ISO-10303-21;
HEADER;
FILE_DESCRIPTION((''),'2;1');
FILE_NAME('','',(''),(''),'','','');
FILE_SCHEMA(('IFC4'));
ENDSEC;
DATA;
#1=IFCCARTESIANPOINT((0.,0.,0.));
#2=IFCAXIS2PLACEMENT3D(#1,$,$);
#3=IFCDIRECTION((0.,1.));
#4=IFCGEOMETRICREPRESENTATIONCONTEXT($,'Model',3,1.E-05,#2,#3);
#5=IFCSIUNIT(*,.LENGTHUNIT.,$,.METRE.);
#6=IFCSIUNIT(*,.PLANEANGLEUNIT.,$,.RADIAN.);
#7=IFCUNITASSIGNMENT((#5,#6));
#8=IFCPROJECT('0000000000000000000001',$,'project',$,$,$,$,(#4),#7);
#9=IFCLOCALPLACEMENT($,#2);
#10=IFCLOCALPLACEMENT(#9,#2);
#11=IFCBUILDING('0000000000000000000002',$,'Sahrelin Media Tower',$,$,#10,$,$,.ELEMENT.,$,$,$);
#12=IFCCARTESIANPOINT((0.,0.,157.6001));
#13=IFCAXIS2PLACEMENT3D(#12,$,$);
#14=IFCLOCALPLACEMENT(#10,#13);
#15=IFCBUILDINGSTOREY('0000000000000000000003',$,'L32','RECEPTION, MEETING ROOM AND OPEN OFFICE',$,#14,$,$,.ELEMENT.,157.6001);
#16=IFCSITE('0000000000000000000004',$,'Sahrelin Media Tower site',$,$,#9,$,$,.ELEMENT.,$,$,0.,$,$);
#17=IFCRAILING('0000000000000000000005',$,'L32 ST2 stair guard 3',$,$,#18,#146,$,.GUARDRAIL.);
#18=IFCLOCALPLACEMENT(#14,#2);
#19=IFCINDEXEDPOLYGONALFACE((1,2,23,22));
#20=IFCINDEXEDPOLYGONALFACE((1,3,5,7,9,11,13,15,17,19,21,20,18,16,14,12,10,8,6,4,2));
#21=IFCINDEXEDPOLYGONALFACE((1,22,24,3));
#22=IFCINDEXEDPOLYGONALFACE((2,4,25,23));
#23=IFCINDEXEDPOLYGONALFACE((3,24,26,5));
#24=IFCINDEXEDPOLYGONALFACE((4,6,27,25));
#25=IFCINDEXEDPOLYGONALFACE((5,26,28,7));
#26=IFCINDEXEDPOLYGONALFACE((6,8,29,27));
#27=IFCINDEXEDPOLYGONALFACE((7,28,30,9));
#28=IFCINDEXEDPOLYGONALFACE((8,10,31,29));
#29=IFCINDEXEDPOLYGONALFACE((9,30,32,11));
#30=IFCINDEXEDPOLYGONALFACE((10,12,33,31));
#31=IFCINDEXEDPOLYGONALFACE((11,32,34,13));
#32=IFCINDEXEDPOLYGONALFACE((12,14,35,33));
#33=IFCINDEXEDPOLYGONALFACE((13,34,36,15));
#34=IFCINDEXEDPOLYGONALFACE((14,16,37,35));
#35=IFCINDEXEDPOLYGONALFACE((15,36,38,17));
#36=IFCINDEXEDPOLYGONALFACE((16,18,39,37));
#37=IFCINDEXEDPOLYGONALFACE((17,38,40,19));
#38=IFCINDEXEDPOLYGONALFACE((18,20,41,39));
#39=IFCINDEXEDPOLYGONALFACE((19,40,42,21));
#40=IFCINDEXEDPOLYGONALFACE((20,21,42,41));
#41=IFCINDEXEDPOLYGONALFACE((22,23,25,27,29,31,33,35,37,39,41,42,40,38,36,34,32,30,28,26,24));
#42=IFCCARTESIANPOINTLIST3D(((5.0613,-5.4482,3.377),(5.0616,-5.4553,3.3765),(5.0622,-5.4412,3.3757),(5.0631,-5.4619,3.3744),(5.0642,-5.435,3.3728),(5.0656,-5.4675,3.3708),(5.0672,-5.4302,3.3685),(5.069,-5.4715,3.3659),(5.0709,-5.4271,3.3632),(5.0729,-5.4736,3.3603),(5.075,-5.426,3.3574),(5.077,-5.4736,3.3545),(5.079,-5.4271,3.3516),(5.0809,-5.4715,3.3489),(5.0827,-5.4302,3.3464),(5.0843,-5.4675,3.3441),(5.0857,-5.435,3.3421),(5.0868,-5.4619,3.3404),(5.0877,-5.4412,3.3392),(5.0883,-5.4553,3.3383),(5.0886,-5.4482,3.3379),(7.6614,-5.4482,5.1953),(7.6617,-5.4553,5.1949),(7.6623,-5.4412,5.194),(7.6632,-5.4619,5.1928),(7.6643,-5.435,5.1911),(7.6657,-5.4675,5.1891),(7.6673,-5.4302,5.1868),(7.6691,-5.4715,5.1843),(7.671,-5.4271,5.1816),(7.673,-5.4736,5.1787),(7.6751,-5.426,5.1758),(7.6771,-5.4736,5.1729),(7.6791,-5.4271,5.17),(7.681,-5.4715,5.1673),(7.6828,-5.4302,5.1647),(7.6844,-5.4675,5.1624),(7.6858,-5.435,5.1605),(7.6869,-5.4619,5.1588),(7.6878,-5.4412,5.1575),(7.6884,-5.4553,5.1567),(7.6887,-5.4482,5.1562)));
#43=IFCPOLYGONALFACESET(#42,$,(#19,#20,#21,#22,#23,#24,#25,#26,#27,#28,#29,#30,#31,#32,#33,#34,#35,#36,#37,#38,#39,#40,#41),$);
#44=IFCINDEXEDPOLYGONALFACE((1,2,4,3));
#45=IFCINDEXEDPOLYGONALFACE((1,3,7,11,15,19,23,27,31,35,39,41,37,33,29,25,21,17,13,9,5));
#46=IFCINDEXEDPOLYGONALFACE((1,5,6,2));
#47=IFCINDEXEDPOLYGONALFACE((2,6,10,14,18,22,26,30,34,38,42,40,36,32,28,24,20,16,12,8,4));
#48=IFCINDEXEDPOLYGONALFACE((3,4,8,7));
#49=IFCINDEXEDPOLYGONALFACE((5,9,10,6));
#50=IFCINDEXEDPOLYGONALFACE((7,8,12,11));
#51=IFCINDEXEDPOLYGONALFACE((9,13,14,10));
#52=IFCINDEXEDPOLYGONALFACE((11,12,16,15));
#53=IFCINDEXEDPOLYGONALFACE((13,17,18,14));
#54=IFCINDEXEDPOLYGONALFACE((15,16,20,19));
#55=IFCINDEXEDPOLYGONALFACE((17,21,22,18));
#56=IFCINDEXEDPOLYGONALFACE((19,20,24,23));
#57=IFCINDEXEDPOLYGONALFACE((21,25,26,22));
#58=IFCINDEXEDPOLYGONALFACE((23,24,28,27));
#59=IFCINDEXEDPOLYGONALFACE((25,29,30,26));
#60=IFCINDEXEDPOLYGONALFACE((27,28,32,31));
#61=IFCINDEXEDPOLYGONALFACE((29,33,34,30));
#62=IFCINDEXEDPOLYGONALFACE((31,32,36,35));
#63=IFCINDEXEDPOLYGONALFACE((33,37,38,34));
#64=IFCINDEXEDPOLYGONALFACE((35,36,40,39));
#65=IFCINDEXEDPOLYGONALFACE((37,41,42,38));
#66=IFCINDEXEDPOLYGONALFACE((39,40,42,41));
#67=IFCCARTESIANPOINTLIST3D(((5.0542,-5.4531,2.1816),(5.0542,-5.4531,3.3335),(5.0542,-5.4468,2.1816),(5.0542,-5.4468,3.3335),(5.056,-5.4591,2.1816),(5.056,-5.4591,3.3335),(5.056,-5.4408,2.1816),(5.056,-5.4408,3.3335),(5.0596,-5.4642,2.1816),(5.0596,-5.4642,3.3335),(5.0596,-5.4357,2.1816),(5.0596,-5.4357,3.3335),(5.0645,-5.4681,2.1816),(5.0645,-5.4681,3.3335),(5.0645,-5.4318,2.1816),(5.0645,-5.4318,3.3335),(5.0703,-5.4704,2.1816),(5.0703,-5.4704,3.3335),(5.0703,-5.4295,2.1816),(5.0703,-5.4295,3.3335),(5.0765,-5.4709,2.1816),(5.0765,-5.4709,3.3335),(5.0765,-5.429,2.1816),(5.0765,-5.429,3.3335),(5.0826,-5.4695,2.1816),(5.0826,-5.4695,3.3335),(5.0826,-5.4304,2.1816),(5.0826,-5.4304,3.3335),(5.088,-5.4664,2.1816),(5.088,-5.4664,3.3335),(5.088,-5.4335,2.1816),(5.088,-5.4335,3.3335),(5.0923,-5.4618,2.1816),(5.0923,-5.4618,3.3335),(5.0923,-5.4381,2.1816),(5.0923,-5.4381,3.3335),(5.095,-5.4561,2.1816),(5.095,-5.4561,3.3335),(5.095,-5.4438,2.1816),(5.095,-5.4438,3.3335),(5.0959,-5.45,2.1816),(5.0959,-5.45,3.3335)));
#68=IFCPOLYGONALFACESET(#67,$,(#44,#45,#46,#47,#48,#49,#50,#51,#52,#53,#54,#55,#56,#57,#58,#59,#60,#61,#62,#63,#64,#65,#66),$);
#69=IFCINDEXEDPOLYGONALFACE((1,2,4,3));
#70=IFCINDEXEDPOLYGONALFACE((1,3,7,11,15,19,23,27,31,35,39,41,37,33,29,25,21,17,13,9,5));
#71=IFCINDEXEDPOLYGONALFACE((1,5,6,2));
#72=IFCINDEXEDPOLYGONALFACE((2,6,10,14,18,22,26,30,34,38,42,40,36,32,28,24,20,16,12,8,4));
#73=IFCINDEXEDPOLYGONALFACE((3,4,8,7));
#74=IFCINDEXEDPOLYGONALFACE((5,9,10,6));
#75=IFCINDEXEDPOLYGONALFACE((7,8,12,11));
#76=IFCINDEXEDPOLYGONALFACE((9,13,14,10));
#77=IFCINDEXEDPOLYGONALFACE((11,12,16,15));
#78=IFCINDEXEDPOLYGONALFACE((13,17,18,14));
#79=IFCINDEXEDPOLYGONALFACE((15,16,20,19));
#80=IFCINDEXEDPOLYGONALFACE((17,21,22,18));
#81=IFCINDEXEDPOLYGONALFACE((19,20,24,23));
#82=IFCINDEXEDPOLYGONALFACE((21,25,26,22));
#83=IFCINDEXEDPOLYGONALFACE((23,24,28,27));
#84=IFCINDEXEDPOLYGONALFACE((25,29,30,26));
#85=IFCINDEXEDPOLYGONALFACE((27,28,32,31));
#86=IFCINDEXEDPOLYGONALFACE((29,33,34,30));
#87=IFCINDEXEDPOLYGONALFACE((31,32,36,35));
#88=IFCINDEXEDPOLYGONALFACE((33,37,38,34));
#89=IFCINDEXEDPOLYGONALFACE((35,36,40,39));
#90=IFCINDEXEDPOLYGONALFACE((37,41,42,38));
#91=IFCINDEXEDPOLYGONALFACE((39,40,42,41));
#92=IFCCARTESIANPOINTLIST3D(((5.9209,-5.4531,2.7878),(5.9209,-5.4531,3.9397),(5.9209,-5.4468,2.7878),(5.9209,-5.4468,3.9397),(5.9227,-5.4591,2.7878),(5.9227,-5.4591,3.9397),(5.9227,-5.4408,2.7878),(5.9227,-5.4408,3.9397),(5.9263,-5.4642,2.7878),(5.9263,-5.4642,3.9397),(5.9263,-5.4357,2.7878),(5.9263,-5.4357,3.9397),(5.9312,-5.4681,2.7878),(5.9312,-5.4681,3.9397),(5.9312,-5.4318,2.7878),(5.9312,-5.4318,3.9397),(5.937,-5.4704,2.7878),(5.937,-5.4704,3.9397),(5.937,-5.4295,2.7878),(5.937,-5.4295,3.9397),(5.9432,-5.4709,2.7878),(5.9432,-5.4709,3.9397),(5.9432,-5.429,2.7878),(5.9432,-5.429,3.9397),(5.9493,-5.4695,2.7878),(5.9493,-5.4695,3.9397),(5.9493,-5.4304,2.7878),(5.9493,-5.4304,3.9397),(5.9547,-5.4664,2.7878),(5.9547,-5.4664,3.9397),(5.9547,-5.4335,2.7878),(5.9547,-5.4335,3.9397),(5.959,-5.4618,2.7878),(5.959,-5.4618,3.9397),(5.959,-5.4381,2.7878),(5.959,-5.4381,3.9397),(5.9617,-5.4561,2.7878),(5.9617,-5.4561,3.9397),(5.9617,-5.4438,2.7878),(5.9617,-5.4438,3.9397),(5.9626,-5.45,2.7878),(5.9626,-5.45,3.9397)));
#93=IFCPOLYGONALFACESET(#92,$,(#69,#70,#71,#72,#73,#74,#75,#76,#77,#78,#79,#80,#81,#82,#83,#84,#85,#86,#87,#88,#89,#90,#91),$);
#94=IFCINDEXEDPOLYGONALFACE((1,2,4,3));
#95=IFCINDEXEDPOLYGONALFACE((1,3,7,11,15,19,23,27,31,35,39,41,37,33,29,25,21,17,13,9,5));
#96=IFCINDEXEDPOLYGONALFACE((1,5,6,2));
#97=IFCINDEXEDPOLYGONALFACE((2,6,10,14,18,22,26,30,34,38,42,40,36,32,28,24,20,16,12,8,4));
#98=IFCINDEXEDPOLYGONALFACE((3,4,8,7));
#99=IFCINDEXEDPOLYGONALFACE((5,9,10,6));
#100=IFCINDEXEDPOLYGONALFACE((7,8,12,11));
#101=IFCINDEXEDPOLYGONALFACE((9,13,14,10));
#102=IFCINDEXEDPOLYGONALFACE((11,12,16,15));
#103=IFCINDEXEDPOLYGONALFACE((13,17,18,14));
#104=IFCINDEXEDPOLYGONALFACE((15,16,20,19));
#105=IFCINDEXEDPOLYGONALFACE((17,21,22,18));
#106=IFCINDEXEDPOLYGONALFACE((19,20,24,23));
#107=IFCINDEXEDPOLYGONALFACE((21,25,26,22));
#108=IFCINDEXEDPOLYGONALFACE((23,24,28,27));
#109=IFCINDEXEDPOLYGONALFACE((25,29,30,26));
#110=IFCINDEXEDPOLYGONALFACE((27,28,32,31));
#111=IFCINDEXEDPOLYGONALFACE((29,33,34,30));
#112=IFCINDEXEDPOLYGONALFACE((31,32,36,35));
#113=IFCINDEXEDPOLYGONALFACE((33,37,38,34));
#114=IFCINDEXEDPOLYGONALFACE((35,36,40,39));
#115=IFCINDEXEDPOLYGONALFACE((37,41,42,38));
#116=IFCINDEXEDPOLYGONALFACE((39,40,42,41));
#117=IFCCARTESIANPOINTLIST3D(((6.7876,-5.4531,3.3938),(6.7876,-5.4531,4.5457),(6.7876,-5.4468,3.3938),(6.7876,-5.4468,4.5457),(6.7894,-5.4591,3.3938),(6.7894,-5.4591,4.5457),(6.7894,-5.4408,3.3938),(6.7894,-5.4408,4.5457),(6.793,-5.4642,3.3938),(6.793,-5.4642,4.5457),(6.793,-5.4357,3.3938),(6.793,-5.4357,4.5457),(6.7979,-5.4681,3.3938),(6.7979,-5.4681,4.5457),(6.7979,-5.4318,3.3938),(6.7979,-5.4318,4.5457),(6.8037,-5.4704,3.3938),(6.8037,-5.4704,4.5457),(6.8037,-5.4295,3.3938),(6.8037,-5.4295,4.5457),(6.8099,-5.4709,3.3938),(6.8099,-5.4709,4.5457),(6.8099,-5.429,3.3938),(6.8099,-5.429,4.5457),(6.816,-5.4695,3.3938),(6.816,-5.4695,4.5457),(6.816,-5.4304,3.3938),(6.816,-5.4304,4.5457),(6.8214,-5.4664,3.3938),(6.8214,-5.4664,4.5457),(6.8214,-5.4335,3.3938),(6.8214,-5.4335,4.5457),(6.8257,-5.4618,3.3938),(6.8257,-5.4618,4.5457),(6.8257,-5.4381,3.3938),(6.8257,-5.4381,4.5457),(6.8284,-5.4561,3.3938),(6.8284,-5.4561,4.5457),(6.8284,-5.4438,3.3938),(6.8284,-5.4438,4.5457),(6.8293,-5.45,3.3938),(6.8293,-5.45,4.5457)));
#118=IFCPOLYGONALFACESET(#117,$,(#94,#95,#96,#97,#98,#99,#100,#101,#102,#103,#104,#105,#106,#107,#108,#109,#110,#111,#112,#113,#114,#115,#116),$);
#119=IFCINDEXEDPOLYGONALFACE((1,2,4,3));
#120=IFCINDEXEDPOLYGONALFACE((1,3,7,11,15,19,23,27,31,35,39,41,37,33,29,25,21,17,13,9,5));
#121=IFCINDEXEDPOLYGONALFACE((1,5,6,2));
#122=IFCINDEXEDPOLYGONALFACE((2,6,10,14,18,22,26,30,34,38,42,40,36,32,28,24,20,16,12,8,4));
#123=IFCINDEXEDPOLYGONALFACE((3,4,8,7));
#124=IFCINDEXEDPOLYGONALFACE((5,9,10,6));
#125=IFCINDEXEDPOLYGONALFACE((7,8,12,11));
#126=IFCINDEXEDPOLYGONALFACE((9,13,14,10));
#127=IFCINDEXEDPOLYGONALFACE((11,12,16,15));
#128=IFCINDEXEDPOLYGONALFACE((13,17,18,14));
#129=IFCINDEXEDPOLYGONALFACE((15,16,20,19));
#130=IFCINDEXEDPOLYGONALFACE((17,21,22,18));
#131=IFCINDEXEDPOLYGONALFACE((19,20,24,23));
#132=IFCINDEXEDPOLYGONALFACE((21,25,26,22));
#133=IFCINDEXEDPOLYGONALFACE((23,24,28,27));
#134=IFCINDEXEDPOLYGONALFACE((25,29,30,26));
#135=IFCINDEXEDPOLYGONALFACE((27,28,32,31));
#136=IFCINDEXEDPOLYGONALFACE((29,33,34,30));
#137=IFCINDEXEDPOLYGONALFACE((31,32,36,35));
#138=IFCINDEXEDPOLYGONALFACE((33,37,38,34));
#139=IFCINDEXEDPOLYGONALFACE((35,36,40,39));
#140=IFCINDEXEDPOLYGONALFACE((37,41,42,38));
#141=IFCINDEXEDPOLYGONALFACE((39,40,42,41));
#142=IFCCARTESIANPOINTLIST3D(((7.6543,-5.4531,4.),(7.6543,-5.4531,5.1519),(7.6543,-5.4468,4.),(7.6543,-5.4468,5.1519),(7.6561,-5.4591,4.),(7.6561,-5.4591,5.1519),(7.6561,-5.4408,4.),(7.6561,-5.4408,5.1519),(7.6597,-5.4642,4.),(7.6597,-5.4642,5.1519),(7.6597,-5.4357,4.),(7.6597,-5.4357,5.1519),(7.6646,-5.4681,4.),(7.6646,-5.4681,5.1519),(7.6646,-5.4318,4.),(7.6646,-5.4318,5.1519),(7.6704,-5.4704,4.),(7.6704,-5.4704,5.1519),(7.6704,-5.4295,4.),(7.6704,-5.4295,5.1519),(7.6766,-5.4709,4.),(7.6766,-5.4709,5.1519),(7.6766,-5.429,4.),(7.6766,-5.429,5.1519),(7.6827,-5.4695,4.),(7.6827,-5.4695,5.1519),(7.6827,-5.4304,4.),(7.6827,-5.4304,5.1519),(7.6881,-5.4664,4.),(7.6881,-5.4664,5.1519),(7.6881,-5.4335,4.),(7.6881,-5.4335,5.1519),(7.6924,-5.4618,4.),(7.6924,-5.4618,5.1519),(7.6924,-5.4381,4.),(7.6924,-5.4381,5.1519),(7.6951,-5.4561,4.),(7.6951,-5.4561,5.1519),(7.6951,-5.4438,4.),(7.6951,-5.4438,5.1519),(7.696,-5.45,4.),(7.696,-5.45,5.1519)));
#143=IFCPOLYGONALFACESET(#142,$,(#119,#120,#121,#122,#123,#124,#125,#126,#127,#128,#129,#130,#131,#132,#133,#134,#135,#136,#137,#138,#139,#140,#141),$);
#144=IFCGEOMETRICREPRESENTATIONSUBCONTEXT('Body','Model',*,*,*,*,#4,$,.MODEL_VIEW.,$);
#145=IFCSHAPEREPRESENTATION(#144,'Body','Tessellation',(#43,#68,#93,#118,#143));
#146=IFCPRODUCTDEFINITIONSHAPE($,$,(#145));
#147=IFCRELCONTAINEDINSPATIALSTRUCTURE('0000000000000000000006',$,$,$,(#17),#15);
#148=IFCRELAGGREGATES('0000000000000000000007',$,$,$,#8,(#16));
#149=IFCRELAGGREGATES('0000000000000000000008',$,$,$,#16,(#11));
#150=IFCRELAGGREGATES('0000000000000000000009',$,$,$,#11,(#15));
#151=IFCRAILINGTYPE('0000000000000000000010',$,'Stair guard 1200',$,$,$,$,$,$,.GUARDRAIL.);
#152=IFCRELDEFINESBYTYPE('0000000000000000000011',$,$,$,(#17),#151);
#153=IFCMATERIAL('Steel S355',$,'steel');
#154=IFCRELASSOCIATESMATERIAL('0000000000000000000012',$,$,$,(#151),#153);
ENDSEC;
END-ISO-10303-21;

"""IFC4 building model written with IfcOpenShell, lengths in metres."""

from ifc_helpers import new_model, si_unit, direction, frame, origin, origin_2d, place, context, subcontext, project, spatial, circle, extrude, material, type_object, element, save


model = new_model("IFC4")

# Units and contexts
model_context = context("Model", 3, precision=1e-05, world=origin(), true_north=direction((0.0, 1.0)))
body_context = subcontext(model_context, "Body", "Model", "MODEL_VIEW")
ifc_project = project(units=[si_unit("LENGTHUNIT", "METRE"), si_unit("PLANEANGLEUNIT", "RADIAN")], contexts=[model_context])

# Site, building, storey
site_placement = place(None, origin())
site = spatial("IfcSite", under=ifc_project, at=site_placement, Name="Sahrelin Media Tower site", CompositionType="ELEMENT", RefElevation=0.0)
building_placement = place(site_placement, origin())
building = spatial("IfcBuilding", under=site, at=building_placement, Name="Sahrelin Media Tower", CompositionType="ELEMENT")
storey_placement = place(building_placement, frame((0.0, 0.0, 157.6001)))
storey = spatial("IfcBuildingStorey", under=building, at=storey_placement, Name="L32", Description="RECEPTION, MEETING ROOM AND OPEN OFFICE", CompositionType="ELEMENT", Elevation=157.6001)

# Shared definitions
ifc_material_1 = material(Name="Steel S355", Category="steel")

# Railing
railing_type_1 = type_object("IfcRailingType", Name="Stair guard 1200", PredefinedType="GUARDRAIL", material=ifc_material_1)
railing_1_placement = place(storey_placement, frame((5.075, -5.45, 2.1816)))
element("IfcRailing", 1, at=railing_1_placement, inside=storey, type_object=railing_type_1, Name="L32 ST2 stair guard 3", PredefinedType="GUARDRAIL", context=body_context, shape_type="SweptSolid", body=[
    extrude(circle(Radius=0.0239, at=origin_2d()), frame((0.0, 0.0, 1.1758), z_axis=(0.819485, 0.0, 0.573101), x_axis=(0.0, 1.0, 0.0)), (0.0, 0.0, 1.0), 3.1729),
    extrude(circle(Radius=0.021, at=origin_2d()), origin(), (0.0, 0.0, 1.0), 1.1519),
    extrude(circle(Radius=0.021, at=origin_2d()), frame((0.8667, 0.0, 0.6062)), (0.0, 0.0, 1.0), 1.1519),
    extrude(circle(Radius=0.021, at=origin_2d()), frame((1.7334, 0.0, 1.2122)), (0.0, 0.0, 1.0), 1.1519),
    extrude(circle(Radius=0.021, at=origin_2d()), frame((2.6001, 0.0, 1.8184)), (0.0, 0.0, 1.0), 1.1519),
])

save(model, "model.ifc")
